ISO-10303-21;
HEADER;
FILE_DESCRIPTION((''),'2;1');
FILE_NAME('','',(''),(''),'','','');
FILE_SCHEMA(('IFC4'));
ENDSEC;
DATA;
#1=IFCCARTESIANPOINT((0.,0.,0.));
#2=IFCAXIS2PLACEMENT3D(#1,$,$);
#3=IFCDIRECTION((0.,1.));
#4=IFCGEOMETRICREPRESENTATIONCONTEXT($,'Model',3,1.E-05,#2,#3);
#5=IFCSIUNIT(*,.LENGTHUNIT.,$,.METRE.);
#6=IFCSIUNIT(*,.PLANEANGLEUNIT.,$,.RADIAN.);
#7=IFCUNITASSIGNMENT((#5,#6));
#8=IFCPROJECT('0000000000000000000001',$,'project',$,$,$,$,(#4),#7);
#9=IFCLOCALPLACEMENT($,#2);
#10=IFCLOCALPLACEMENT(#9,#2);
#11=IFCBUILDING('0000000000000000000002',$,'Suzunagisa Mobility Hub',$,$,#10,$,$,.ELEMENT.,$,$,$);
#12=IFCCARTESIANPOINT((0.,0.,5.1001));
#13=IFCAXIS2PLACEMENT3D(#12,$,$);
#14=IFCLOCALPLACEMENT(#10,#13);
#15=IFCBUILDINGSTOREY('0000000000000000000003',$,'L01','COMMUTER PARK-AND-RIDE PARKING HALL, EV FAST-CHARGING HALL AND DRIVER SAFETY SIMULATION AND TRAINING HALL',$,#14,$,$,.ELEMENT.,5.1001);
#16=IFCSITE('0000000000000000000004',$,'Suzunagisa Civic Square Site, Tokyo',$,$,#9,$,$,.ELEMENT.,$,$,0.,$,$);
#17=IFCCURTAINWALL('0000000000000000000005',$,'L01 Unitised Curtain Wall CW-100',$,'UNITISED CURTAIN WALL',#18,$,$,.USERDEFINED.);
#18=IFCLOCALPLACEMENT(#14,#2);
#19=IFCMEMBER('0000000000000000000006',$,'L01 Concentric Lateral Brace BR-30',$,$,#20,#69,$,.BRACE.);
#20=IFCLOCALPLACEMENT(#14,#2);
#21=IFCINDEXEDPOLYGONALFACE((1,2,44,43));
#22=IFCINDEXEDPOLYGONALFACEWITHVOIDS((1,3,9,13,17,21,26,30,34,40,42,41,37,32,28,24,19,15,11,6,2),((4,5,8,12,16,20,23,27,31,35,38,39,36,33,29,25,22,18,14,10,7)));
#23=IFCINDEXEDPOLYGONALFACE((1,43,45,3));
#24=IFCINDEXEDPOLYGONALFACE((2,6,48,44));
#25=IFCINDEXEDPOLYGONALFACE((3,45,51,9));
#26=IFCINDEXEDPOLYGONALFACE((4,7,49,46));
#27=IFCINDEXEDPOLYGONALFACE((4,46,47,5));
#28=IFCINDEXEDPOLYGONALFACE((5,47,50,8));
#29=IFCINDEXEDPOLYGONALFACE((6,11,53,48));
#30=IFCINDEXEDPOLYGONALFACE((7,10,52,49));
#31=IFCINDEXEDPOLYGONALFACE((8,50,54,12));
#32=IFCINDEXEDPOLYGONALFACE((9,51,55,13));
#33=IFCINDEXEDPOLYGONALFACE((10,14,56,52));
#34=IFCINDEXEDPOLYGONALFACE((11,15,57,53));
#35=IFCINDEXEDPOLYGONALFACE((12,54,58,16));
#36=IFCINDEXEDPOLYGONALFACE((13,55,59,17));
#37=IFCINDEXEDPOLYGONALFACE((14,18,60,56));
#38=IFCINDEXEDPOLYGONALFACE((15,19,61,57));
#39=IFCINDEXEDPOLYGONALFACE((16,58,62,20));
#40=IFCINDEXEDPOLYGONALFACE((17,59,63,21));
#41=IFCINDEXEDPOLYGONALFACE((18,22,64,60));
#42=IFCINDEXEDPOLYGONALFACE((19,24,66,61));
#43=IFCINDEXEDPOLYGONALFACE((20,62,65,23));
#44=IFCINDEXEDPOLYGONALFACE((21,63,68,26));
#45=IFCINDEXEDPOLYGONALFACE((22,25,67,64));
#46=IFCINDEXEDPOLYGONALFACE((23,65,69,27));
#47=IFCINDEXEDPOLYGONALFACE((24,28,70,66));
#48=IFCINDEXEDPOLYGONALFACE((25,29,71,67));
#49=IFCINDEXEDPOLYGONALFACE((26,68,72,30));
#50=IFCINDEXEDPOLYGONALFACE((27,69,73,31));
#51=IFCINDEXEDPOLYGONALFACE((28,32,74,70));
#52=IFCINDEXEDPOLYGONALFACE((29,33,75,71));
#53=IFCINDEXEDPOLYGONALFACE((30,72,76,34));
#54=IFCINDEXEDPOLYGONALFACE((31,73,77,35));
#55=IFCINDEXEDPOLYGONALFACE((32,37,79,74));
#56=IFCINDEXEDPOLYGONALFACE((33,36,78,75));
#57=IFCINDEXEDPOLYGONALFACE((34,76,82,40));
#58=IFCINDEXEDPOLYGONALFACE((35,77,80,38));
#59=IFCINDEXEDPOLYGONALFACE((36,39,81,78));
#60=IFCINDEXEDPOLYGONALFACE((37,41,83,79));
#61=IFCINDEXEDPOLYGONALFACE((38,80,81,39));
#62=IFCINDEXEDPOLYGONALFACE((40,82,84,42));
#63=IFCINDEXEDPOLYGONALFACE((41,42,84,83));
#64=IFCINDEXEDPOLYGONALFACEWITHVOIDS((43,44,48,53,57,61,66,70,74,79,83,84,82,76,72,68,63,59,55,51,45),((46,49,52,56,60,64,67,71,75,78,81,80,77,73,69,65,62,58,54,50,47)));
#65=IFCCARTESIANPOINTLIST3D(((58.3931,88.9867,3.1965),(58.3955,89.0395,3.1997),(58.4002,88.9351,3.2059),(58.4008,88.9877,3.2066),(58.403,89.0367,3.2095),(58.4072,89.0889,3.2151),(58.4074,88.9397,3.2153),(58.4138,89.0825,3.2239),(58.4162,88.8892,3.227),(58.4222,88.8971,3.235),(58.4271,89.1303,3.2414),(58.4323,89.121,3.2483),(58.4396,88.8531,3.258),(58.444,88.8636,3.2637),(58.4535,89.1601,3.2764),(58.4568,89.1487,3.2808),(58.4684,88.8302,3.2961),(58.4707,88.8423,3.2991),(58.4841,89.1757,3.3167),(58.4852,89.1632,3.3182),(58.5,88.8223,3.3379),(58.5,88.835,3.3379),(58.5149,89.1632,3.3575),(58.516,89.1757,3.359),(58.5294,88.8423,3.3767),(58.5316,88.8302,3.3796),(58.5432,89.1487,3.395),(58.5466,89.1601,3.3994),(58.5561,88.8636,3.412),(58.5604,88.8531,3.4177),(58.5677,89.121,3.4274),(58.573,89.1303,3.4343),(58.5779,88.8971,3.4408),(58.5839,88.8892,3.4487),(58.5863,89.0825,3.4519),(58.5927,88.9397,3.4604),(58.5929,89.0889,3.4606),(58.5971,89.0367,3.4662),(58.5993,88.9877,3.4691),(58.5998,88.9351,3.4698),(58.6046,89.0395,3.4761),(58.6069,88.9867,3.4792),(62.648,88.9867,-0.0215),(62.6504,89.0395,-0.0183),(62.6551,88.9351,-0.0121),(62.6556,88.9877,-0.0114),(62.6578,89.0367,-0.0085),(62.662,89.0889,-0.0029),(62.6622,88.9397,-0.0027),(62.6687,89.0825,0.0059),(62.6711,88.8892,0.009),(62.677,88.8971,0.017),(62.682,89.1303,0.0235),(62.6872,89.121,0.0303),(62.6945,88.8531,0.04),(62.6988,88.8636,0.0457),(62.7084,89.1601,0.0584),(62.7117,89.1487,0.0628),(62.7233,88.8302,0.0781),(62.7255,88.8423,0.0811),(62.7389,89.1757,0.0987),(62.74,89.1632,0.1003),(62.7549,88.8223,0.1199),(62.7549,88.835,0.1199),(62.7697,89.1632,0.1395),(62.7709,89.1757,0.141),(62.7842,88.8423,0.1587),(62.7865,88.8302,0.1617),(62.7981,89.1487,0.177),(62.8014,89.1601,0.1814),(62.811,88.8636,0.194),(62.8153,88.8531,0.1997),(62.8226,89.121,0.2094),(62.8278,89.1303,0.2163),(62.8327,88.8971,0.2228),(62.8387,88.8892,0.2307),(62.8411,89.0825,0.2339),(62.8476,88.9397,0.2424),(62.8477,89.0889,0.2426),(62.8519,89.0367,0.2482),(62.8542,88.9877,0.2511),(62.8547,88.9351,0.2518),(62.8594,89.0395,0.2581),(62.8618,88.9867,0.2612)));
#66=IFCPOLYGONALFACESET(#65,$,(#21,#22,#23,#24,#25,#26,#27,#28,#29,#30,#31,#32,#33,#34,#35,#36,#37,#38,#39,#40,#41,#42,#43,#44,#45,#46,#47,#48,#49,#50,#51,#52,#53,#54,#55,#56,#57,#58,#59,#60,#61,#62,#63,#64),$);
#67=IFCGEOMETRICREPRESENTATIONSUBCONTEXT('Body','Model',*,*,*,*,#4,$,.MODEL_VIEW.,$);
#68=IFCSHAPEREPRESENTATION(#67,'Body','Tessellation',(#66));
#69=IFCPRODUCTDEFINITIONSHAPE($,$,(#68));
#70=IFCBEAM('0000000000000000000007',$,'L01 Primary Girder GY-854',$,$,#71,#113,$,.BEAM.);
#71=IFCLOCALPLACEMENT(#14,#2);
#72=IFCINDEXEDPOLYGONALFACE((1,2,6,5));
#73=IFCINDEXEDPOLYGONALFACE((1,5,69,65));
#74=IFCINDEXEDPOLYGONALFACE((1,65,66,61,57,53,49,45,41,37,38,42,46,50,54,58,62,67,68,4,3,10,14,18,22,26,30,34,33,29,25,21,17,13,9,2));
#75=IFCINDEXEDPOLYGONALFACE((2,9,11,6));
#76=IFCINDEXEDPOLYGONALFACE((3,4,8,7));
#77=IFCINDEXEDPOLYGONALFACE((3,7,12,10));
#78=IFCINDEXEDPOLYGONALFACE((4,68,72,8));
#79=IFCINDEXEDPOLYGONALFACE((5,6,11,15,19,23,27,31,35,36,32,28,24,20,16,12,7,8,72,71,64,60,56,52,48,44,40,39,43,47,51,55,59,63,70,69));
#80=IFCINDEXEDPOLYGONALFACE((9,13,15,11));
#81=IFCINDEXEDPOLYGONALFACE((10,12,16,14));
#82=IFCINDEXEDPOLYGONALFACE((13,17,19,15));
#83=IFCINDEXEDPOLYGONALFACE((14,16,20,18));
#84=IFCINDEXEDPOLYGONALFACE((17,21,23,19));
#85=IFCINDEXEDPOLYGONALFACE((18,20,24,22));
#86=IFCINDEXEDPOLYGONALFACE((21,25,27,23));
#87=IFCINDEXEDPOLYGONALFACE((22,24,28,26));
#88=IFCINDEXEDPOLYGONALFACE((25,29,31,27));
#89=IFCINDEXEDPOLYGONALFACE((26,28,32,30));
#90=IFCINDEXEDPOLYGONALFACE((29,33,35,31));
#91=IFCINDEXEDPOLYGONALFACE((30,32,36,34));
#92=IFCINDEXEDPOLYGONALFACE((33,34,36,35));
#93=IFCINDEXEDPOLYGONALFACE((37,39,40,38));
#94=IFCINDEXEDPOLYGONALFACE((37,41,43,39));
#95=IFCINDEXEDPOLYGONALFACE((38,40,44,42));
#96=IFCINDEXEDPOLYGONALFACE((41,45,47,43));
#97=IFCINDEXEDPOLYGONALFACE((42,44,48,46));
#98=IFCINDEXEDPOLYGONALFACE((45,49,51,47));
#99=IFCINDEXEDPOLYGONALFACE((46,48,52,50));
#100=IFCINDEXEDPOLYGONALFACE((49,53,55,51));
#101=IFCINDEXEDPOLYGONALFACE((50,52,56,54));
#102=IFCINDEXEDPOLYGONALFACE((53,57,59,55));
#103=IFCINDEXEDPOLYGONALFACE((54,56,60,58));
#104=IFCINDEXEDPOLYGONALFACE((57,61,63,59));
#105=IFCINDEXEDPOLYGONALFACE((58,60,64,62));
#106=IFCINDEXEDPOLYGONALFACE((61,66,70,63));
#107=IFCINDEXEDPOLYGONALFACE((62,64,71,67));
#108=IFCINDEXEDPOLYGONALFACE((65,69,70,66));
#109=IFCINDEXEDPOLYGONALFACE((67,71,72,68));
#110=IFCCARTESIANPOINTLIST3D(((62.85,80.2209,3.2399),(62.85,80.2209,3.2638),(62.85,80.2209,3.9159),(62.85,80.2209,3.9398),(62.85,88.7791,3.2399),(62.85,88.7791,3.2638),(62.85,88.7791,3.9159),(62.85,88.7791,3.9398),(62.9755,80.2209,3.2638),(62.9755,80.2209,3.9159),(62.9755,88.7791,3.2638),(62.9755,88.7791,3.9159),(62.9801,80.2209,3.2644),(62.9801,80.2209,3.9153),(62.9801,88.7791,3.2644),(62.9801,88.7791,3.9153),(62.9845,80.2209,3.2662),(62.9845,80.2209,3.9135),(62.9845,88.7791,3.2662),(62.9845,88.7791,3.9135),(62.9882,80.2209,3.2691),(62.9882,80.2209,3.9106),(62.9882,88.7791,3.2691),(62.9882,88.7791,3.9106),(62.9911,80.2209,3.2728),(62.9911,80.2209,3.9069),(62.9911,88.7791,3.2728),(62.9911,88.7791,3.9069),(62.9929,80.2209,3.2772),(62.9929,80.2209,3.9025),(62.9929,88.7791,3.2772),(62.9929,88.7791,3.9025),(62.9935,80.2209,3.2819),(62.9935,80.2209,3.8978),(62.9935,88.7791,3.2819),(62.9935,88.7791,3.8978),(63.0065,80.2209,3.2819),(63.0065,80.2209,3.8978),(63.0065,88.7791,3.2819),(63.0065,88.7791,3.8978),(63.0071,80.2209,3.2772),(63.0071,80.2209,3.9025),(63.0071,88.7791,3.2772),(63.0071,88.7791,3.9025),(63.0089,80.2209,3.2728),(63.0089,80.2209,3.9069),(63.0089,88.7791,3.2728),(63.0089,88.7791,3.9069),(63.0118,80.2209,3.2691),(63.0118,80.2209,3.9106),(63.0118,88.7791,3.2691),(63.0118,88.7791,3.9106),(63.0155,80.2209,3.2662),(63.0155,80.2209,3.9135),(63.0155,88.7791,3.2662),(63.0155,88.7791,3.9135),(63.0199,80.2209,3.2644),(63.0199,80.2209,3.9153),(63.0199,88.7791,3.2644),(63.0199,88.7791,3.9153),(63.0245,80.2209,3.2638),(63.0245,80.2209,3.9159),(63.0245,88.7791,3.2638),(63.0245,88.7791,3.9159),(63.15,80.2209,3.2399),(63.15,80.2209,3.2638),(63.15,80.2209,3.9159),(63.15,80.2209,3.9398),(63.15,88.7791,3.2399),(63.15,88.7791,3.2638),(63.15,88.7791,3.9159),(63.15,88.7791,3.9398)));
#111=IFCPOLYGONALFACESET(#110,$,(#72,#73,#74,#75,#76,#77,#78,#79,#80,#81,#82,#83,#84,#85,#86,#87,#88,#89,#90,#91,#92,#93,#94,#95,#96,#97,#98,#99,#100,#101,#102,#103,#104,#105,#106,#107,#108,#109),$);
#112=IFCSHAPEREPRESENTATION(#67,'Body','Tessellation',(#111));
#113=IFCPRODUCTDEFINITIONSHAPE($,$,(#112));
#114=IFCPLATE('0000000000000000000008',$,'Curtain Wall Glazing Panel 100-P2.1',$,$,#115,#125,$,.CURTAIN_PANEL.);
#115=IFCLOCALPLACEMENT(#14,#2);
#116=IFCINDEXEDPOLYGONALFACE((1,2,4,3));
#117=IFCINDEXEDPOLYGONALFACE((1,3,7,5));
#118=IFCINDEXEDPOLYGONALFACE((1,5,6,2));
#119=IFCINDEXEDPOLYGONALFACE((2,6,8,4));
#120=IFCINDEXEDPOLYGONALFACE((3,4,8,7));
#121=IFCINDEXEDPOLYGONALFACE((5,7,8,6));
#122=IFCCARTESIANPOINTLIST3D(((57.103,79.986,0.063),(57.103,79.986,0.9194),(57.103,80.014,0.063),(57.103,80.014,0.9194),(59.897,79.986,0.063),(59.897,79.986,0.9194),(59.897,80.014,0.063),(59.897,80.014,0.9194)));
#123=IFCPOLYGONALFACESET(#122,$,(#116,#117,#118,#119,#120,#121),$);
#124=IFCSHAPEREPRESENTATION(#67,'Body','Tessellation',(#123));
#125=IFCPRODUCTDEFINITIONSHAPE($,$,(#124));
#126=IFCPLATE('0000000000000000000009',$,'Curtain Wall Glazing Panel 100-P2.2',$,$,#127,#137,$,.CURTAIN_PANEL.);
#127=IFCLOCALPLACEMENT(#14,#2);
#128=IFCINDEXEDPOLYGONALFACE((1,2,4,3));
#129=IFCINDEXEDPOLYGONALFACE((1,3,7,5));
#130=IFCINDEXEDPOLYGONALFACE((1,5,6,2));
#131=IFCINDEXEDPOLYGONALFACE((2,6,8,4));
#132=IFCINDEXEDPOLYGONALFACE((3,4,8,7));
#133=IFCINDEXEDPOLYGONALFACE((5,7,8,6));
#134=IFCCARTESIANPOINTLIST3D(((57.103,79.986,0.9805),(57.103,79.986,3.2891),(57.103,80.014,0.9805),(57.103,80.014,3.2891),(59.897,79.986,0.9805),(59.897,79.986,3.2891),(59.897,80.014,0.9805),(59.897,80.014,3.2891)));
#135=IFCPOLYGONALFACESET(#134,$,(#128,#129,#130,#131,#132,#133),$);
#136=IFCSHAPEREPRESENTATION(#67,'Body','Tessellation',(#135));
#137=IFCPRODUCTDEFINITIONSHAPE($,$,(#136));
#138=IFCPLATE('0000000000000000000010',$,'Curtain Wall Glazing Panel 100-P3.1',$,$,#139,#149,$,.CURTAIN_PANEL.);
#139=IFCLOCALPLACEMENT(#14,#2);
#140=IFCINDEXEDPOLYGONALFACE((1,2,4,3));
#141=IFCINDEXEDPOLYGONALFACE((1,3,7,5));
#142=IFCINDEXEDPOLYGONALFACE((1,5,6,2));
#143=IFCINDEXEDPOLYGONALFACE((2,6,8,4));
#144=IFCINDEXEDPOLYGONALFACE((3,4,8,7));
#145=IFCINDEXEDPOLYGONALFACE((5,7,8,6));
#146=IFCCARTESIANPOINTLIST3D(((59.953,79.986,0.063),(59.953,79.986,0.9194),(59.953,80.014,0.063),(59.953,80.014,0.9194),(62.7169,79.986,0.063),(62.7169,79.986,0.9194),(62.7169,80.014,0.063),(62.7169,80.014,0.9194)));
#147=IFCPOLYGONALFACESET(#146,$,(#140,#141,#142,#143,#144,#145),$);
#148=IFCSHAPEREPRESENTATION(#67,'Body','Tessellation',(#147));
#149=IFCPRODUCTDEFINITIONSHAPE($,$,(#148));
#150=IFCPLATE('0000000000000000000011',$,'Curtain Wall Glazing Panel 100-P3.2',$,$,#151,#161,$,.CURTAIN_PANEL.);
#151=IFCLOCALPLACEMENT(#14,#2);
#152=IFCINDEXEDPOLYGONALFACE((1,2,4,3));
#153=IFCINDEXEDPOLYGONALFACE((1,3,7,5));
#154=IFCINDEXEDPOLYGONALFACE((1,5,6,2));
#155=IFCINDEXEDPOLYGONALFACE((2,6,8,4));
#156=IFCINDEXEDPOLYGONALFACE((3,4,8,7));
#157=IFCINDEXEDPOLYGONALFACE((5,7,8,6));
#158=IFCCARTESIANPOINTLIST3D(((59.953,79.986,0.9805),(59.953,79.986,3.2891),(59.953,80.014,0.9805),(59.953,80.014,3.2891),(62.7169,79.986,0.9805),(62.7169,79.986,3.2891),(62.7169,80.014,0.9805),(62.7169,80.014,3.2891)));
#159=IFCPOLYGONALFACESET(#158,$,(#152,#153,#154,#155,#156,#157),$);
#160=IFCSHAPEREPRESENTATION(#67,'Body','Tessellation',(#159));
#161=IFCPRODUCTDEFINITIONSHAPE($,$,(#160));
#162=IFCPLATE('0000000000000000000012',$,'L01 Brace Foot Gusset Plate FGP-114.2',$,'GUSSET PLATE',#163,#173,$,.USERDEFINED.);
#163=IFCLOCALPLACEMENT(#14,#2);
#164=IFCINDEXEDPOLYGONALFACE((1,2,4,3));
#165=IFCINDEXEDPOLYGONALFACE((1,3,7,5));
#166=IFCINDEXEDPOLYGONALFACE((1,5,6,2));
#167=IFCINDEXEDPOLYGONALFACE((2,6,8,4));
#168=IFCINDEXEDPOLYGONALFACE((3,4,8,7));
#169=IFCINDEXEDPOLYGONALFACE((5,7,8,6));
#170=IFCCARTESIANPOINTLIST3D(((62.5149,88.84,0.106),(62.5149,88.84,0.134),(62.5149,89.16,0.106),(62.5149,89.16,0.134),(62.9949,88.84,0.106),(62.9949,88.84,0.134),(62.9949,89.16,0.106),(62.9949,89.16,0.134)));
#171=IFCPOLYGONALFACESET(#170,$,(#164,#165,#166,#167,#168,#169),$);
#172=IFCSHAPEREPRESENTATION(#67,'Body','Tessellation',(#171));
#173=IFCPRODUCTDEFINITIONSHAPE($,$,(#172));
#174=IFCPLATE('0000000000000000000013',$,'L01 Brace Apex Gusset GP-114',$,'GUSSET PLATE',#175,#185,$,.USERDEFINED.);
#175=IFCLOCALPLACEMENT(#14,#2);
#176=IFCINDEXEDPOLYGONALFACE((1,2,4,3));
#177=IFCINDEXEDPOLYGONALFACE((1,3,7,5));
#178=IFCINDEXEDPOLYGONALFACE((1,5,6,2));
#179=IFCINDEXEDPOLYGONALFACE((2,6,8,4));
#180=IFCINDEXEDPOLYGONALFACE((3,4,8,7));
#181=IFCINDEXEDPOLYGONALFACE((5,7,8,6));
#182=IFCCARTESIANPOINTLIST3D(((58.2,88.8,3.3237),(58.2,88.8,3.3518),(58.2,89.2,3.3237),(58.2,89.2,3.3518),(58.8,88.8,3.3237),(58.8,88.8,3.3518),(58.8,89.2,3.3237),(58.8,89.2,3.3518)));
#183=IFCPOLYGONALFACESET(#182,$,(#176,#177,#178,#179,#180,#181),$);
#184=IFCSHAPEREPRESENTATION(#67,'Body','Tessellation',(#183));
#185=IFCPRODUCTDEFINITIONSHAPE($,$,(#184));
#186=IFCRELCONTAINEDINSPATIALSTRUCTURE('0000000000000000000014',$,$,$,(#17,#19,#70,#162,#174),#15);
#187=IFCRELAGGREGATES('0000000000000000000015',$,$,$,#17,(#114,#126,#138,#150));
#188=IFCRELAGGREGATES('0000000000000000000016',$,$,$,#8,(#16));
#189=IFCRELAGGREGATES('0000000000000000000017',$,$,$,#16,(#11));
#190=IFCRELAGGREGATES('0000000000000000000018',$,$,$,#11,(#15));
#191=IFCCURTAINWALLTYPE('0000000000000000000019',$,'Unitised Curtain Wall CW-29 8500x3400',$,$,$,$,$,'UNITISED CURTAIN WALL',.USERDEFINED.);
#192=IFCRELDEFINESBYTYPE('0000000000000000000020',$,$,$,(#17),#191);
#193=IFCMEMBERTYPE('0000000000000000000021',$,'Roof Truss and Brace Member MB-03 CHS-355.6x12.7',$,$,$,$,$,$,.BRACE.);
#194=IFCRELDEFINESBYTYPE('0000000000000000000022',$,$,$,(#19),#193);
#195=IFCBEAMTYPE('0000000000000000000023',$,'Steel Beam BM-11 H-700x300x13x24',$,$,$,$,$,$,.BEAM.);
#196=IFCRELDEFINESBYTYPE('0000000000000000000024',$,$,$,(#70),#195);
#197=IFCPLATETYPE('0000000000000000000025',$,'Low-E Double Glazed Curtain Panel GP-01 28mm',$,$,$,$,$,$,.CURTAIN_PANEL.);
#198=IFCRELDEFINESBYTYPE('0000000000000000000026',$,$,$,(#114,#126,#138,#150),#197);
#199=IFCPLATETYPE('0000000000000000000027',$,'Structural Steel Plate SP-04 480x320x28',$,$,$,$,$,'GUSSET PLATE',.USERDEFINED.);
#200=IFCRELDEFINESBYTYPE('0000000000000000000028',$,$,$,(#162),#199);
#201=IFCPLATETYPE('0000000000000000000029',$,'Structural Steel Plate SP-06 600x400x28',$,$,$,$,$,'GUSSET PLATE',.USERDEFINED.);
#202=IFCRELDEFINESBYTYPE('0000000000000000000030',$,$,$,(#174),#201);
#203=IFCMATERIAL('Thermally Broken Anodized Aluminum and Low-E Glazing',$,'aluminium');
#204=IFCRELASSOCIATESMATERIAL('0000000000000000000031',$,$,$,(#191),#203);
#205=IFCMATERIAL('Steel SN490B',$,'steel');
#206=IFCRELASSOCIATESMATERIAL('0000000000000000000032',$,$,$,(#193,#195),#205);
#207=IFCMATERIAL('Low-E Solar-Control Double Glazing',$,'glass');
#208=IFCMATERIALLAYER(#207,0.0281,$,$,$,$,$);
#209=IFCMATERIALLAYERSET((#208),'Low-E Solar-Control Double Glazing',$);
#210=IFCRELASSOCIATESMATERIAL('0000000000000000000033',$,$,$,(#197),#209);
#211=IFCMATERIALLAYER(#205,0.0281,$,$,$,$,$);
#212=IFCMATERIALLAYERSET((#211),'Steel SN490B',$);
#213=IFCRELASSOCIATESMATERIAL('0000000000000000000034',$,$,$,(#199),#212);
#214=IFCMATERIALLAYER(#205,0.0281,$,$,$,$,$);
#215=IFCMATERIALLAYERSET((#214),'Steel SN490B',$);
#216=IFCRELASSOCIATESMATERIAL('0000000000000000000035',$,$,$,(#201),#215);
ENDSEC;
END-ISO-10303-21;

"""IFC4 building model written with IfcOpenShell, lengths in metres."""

from ifc_helpers import new_model, si_unit, direction, frame, origin, origin_2d, place, context, subcontext, project, spatial, rectangle, hollow_circle, i_section, extrude, material, layer, layer_set, material_profile, profile_set, type_object, element, aggregate, save


model = new_model("IFC4")

# Units and contexts
model_context = context("Model", 3, precision=1e-05, world=origin(), true_north=direction((0.0, 1.0)))
body_context = subcontext(model_context, "Body", "Model", "MODEL_VIEW")
ifc_project = project(units=[si_unit("LENGTHUNIT", "METRE"), si_unit("PLANEANGLEUNIT", "RADIAN")], contexts=[model_context])

# Site, building, storey
site_placement = place(None, origin())
site = spatial("IfcSite", under=ifc_project, at=site_placement, Name="Suzunagisa Civic Square Site, Tokyo", CompositionType="ELEMENT", RefElevation=0.0)
building_placement = place(site_placement, origin())
building = spatial("IfcBuilding", under=site, at=building_placement, Name="Suzunagisa Mobility Hub", CompositionType="ELEMENT")
storey_placement = place(building_placement, frame((0.0, 0.0, 5.1001)))
storey = spatial("IfcBuildingStorey", under=building, at=storey_placement, Name="L01", Description="COMMUTER PARK-AND-RIDE PARKING HALL, EV FAST-CHARGING HALL AND DRIVER SAFETY SIMULATION AND TRAINING HALL", CompositionType="ELEMENT", Elevation=5.1001)

# Shared definitions
ifc_material_1 = material(Name="Steel SN490B", Category="steel")

# Curtain wall
ifc_material_2 = material(Name="Thermally Broken Anodized Aluminum and Low-E Glazing", Category="aluminium")
curtain_wall_type = type_object("IfcCurtainWallType", Name="Unitised Curtain Wall CW-29 8500x3400", ElementType="UNITISED CURTAIN WALL", PredefinedType="USERDEFINED", material=ifc_material_2)
curtain_wall_placement = place(storey_placement, origin())
curtain_wall = element("IfcCurtainWall", 1, at=curtain_wall_placement, inside=storey, type_object=curtain_wall_type, Name="L01 Unitised Curtain Wall CW-100", ObjectType="UNITISED CURTAIN WALL", PredefinedType="USERDEFINED")

# Member
ifc_material_profile_1 = material_profile(ifc_material_1, hollow_circle(Radius=0.1777, WallThickness=0.0127, at=origin_2d()), Name="CHS-355.6x12.7")
ifc_profile_set_1 = profile_set([ifc_material_profile_1], Name="Steel SN490B")
member_type_1 = type_object("IfcMemberType", Name="Roof Truss and Brace Member MB-03 CHS-355.6x12.7", PredefinedType="BRACE", material=ifc_profile_set_1)
member_1_placement = place(storey_placement, frame((62.7549, 89.0, 0.1199), z_axis=(-0.797577, 0.0, 0.603217), x_axis=(0.0, -1.0, 0.0)))
element("IfcMember", 2, at=member_1_placement, inside=storey, type_object=member_type_1, Name="L01 Concentric Lateral Brace BR-30", PredefinedType="BRACE", context=body_context, shape_type="SweptSolid", body=[
    extrude(hollow_circle(Radius=0.1777, WallThickness=0.0127, at=origin_2d()), origin(), (0.0, 0.0, 1.0), 5.3347),
])

# Beam
ifc_material_profile_2 = material_profile(ifc_material_1, i_section(OverallWidth=0.3, OverallDepth=0.7, WebThickness=0.0129, FlangeThickness=0.0239, FilletRadius=0.0181, at=origin_2d()), Name="H-700x300x13x24")
ifc_profile_set_2 = profile_set([ifc_material_profile_2], Name="Steel SN490B")
beam_type = type_object("IfcBeamType", Name="Steel Beam BM-11 H-700x300x13x24", PredefinedType="BEAM", material=ifc_profile_set_2)
beam_placement = place(storey_placement, frame((63.0, 80.2209, 3.5898), z_axis=(0.0, 1.0, 0.0), x_axis=(-1.0, 0.0, 0.0)))
element("IfcBeam", 3, at=beam_placement, inside=storey, type_object=beam_type, Name="L01 Primary Girder GY-854", PredefinedType="BEAM", context=body_context, shape_type="SweptSolid", body=[
    extrude(i_section(OverallWidth=0.3, OverallDepth=0.7, WebThickness=0.0129, FlangeThickness=0.0239, FilletRadius=0.0181, at=origin_2d()), origin(), (0.0, 0.0, 1.0), 8.5581),
])

# Plates
ifc_material_3 = material(Name="Low-E Solar-Control Double Glazing", Category="glass")
ifc_layer_1 = layer(ifc_material_3, 0.0281)
ifc_layer_set_1 = layer_set([ifc_layer_1], Name="Low-E Solar-Control Double Glazing")
plate_type_1 = type_object("IfcPlateType", Name="Low-E Double Glazed Curtain Panel GP-01 28mm", PredefinedType="CURTAIN_PANEL", material=ifc_layer_set_1)
plate_1_placement = place(storey_placement, frame((58.5, 80.0, 0.063), z_axis=(0.0, 0.0, 1.0), x_axis=(1.0, 0.0, 0.0)))
plate_1 = element("IfcPlate", 4, at=plate_1_placement, type_object=plate_type_1, Name="Curtain Wall Glazing Panel 100-P2.1", PredefinedType="CURTAIN_PANEL", context=body_context, shape_type="SweptSolid", body=[
    extrude(rectangle(XDim=2.7939, YDim=0.0281, at=origin_2d()), origin(), (0.0, 0.0, 1.0), 0.8564),
])
plate_2_placement = place(storey_placement, frame((58.5, 80.0, 0.9805), z_axis=(0.0, 0.0, 1.0), x_axis=(1.0, 0.0, 0.0)))
plate_2 = element("IfcPlate", 5, at=plate_2_placement, type_object=plate_type_1, Name="Curtain Wall Glazing Panel 100-P2.2", PredefinedType="CURTAIN_PANEL", context=body_context, shape_type="SweptSolid", body=[
    extrude(rectangle(XDim=2.7939, YDim=0.0281, at=origin_2d()), origin(), (0.0, 0.0, 1.0), 2.3086),
])
plate_3_placement = place(storey_placement, frame((61.335, 80.0, 0.063), z_axis=(0.0, 0.0, 1.0), x_axis=(1.0, 0.0, 0.0)))
plate_3 = element("IfcPlate", 6, at=plate_3_placement, type_object=plate_type_1, Name="Curtain Wall Glazing Panel 100-P3.1", PredefinedType="CURTAIN_PANEL", context=body_context, shape_type="SweptSolid", body=[
    extrude(rectangle(XDim=2.7639, YDim=0.0281, at=origin_2d()), origin(), (0.0, 0.0, 1.0), 0.8564),
])
plate_4_placement = place(storey_placement, frame((61.335, 80.0, 0.9805), z_axis=(0.0, 0.0, 1.0), x_axis=(1.0, 0.0, 0.0)))
plate_4 = element("IfcPlate", 7, at=plate_4_placement, type_object=plate_type_1, Name="Curtain Wall Glazing Panel 100-P3.2", PredefinedType="CURTAIN_PANEL", context=body_context, shape_type="SweptSolid", body=[
    extrude(rectangle(XDim=2.7639, YDim=0.0281, at=origin_2d()), origin(), (0.0, 0.0, 1.0), 2.3086),
])
aggregate(curtain_wall, [plate_1, plate_2, plate_3, plate_4])

# Plates
ifc_layer_2 = layer(ifc_material_1, 0.0281)
ifc_layer_set_2 = layer_set([ifc_layer_2], Name="Steel SN490B")
plate_type_2 = type_object("IfcPlateType", Name="Structural Steel Plate SP-04 480x320x28", ElementType="GUSSET PLATE", PredefinedType="USERDEFINED", material=ifc_layer_set_2)
plate_5_placement = place(storey_placement, frame((62.7549, 89.0, 0.106), z_axis=(0.0, 0.0, 1.0), x_axis=(1.0, 0.0, 0.0)))
element("IfcPlate", 8, at=plate_5_placement, inside=storey, type_object=plate_type_2, Name="L01 Brace Foot Gusset Plate FGP-114.2", ObjectType="GUSSET PLATE", PredefinedType="USERDEFINED", context=body_context, shape_type="SweptSolid", body=[
    extrude(rectangle(XDim=0.48, YDim=0.3201, at=origin_2d()), origin(), (0.0, 0.0, 1.0), 0.0281),
])
ifc_layer_3 = layer(ifc_material_1, 0.0281)
ifc_layer_set_3 = layer_set([ifc_layer_3], Name="Steel SN490B")
plate_type_3 = type_object("IfcPlateType", Name="Structural Steel Plate SP-06 600x400x28", ElementType="GUSSET PLATE", PredefinedType="USERDEFINED", material=ifc_layer_set_3)
plate_6_placement = place(storey_placement, frame((58.5, 89.0, 3.3237), z_axis=(0.0, 0.0, 1.0), x_axis=(1.0, 0.0, 0.0)))
element("IfcPlate", 9, at=plate_6_placement, inside=storey, type_object=plate_type_3, Name="L01 Brace Apex Gusset GP-114", ObjectType="GUSSET PLATE", PredefinedType="USERDEFINED", context=body_context, shape_type="SweptSolid", body=[
    extrude(rectangle(XDim=0.6001, YDim=0.3999, at=origin_2d()), origin(), (0.0, 0.0, 1.0), 0.0281),
])

save(model, "model.ifc")
